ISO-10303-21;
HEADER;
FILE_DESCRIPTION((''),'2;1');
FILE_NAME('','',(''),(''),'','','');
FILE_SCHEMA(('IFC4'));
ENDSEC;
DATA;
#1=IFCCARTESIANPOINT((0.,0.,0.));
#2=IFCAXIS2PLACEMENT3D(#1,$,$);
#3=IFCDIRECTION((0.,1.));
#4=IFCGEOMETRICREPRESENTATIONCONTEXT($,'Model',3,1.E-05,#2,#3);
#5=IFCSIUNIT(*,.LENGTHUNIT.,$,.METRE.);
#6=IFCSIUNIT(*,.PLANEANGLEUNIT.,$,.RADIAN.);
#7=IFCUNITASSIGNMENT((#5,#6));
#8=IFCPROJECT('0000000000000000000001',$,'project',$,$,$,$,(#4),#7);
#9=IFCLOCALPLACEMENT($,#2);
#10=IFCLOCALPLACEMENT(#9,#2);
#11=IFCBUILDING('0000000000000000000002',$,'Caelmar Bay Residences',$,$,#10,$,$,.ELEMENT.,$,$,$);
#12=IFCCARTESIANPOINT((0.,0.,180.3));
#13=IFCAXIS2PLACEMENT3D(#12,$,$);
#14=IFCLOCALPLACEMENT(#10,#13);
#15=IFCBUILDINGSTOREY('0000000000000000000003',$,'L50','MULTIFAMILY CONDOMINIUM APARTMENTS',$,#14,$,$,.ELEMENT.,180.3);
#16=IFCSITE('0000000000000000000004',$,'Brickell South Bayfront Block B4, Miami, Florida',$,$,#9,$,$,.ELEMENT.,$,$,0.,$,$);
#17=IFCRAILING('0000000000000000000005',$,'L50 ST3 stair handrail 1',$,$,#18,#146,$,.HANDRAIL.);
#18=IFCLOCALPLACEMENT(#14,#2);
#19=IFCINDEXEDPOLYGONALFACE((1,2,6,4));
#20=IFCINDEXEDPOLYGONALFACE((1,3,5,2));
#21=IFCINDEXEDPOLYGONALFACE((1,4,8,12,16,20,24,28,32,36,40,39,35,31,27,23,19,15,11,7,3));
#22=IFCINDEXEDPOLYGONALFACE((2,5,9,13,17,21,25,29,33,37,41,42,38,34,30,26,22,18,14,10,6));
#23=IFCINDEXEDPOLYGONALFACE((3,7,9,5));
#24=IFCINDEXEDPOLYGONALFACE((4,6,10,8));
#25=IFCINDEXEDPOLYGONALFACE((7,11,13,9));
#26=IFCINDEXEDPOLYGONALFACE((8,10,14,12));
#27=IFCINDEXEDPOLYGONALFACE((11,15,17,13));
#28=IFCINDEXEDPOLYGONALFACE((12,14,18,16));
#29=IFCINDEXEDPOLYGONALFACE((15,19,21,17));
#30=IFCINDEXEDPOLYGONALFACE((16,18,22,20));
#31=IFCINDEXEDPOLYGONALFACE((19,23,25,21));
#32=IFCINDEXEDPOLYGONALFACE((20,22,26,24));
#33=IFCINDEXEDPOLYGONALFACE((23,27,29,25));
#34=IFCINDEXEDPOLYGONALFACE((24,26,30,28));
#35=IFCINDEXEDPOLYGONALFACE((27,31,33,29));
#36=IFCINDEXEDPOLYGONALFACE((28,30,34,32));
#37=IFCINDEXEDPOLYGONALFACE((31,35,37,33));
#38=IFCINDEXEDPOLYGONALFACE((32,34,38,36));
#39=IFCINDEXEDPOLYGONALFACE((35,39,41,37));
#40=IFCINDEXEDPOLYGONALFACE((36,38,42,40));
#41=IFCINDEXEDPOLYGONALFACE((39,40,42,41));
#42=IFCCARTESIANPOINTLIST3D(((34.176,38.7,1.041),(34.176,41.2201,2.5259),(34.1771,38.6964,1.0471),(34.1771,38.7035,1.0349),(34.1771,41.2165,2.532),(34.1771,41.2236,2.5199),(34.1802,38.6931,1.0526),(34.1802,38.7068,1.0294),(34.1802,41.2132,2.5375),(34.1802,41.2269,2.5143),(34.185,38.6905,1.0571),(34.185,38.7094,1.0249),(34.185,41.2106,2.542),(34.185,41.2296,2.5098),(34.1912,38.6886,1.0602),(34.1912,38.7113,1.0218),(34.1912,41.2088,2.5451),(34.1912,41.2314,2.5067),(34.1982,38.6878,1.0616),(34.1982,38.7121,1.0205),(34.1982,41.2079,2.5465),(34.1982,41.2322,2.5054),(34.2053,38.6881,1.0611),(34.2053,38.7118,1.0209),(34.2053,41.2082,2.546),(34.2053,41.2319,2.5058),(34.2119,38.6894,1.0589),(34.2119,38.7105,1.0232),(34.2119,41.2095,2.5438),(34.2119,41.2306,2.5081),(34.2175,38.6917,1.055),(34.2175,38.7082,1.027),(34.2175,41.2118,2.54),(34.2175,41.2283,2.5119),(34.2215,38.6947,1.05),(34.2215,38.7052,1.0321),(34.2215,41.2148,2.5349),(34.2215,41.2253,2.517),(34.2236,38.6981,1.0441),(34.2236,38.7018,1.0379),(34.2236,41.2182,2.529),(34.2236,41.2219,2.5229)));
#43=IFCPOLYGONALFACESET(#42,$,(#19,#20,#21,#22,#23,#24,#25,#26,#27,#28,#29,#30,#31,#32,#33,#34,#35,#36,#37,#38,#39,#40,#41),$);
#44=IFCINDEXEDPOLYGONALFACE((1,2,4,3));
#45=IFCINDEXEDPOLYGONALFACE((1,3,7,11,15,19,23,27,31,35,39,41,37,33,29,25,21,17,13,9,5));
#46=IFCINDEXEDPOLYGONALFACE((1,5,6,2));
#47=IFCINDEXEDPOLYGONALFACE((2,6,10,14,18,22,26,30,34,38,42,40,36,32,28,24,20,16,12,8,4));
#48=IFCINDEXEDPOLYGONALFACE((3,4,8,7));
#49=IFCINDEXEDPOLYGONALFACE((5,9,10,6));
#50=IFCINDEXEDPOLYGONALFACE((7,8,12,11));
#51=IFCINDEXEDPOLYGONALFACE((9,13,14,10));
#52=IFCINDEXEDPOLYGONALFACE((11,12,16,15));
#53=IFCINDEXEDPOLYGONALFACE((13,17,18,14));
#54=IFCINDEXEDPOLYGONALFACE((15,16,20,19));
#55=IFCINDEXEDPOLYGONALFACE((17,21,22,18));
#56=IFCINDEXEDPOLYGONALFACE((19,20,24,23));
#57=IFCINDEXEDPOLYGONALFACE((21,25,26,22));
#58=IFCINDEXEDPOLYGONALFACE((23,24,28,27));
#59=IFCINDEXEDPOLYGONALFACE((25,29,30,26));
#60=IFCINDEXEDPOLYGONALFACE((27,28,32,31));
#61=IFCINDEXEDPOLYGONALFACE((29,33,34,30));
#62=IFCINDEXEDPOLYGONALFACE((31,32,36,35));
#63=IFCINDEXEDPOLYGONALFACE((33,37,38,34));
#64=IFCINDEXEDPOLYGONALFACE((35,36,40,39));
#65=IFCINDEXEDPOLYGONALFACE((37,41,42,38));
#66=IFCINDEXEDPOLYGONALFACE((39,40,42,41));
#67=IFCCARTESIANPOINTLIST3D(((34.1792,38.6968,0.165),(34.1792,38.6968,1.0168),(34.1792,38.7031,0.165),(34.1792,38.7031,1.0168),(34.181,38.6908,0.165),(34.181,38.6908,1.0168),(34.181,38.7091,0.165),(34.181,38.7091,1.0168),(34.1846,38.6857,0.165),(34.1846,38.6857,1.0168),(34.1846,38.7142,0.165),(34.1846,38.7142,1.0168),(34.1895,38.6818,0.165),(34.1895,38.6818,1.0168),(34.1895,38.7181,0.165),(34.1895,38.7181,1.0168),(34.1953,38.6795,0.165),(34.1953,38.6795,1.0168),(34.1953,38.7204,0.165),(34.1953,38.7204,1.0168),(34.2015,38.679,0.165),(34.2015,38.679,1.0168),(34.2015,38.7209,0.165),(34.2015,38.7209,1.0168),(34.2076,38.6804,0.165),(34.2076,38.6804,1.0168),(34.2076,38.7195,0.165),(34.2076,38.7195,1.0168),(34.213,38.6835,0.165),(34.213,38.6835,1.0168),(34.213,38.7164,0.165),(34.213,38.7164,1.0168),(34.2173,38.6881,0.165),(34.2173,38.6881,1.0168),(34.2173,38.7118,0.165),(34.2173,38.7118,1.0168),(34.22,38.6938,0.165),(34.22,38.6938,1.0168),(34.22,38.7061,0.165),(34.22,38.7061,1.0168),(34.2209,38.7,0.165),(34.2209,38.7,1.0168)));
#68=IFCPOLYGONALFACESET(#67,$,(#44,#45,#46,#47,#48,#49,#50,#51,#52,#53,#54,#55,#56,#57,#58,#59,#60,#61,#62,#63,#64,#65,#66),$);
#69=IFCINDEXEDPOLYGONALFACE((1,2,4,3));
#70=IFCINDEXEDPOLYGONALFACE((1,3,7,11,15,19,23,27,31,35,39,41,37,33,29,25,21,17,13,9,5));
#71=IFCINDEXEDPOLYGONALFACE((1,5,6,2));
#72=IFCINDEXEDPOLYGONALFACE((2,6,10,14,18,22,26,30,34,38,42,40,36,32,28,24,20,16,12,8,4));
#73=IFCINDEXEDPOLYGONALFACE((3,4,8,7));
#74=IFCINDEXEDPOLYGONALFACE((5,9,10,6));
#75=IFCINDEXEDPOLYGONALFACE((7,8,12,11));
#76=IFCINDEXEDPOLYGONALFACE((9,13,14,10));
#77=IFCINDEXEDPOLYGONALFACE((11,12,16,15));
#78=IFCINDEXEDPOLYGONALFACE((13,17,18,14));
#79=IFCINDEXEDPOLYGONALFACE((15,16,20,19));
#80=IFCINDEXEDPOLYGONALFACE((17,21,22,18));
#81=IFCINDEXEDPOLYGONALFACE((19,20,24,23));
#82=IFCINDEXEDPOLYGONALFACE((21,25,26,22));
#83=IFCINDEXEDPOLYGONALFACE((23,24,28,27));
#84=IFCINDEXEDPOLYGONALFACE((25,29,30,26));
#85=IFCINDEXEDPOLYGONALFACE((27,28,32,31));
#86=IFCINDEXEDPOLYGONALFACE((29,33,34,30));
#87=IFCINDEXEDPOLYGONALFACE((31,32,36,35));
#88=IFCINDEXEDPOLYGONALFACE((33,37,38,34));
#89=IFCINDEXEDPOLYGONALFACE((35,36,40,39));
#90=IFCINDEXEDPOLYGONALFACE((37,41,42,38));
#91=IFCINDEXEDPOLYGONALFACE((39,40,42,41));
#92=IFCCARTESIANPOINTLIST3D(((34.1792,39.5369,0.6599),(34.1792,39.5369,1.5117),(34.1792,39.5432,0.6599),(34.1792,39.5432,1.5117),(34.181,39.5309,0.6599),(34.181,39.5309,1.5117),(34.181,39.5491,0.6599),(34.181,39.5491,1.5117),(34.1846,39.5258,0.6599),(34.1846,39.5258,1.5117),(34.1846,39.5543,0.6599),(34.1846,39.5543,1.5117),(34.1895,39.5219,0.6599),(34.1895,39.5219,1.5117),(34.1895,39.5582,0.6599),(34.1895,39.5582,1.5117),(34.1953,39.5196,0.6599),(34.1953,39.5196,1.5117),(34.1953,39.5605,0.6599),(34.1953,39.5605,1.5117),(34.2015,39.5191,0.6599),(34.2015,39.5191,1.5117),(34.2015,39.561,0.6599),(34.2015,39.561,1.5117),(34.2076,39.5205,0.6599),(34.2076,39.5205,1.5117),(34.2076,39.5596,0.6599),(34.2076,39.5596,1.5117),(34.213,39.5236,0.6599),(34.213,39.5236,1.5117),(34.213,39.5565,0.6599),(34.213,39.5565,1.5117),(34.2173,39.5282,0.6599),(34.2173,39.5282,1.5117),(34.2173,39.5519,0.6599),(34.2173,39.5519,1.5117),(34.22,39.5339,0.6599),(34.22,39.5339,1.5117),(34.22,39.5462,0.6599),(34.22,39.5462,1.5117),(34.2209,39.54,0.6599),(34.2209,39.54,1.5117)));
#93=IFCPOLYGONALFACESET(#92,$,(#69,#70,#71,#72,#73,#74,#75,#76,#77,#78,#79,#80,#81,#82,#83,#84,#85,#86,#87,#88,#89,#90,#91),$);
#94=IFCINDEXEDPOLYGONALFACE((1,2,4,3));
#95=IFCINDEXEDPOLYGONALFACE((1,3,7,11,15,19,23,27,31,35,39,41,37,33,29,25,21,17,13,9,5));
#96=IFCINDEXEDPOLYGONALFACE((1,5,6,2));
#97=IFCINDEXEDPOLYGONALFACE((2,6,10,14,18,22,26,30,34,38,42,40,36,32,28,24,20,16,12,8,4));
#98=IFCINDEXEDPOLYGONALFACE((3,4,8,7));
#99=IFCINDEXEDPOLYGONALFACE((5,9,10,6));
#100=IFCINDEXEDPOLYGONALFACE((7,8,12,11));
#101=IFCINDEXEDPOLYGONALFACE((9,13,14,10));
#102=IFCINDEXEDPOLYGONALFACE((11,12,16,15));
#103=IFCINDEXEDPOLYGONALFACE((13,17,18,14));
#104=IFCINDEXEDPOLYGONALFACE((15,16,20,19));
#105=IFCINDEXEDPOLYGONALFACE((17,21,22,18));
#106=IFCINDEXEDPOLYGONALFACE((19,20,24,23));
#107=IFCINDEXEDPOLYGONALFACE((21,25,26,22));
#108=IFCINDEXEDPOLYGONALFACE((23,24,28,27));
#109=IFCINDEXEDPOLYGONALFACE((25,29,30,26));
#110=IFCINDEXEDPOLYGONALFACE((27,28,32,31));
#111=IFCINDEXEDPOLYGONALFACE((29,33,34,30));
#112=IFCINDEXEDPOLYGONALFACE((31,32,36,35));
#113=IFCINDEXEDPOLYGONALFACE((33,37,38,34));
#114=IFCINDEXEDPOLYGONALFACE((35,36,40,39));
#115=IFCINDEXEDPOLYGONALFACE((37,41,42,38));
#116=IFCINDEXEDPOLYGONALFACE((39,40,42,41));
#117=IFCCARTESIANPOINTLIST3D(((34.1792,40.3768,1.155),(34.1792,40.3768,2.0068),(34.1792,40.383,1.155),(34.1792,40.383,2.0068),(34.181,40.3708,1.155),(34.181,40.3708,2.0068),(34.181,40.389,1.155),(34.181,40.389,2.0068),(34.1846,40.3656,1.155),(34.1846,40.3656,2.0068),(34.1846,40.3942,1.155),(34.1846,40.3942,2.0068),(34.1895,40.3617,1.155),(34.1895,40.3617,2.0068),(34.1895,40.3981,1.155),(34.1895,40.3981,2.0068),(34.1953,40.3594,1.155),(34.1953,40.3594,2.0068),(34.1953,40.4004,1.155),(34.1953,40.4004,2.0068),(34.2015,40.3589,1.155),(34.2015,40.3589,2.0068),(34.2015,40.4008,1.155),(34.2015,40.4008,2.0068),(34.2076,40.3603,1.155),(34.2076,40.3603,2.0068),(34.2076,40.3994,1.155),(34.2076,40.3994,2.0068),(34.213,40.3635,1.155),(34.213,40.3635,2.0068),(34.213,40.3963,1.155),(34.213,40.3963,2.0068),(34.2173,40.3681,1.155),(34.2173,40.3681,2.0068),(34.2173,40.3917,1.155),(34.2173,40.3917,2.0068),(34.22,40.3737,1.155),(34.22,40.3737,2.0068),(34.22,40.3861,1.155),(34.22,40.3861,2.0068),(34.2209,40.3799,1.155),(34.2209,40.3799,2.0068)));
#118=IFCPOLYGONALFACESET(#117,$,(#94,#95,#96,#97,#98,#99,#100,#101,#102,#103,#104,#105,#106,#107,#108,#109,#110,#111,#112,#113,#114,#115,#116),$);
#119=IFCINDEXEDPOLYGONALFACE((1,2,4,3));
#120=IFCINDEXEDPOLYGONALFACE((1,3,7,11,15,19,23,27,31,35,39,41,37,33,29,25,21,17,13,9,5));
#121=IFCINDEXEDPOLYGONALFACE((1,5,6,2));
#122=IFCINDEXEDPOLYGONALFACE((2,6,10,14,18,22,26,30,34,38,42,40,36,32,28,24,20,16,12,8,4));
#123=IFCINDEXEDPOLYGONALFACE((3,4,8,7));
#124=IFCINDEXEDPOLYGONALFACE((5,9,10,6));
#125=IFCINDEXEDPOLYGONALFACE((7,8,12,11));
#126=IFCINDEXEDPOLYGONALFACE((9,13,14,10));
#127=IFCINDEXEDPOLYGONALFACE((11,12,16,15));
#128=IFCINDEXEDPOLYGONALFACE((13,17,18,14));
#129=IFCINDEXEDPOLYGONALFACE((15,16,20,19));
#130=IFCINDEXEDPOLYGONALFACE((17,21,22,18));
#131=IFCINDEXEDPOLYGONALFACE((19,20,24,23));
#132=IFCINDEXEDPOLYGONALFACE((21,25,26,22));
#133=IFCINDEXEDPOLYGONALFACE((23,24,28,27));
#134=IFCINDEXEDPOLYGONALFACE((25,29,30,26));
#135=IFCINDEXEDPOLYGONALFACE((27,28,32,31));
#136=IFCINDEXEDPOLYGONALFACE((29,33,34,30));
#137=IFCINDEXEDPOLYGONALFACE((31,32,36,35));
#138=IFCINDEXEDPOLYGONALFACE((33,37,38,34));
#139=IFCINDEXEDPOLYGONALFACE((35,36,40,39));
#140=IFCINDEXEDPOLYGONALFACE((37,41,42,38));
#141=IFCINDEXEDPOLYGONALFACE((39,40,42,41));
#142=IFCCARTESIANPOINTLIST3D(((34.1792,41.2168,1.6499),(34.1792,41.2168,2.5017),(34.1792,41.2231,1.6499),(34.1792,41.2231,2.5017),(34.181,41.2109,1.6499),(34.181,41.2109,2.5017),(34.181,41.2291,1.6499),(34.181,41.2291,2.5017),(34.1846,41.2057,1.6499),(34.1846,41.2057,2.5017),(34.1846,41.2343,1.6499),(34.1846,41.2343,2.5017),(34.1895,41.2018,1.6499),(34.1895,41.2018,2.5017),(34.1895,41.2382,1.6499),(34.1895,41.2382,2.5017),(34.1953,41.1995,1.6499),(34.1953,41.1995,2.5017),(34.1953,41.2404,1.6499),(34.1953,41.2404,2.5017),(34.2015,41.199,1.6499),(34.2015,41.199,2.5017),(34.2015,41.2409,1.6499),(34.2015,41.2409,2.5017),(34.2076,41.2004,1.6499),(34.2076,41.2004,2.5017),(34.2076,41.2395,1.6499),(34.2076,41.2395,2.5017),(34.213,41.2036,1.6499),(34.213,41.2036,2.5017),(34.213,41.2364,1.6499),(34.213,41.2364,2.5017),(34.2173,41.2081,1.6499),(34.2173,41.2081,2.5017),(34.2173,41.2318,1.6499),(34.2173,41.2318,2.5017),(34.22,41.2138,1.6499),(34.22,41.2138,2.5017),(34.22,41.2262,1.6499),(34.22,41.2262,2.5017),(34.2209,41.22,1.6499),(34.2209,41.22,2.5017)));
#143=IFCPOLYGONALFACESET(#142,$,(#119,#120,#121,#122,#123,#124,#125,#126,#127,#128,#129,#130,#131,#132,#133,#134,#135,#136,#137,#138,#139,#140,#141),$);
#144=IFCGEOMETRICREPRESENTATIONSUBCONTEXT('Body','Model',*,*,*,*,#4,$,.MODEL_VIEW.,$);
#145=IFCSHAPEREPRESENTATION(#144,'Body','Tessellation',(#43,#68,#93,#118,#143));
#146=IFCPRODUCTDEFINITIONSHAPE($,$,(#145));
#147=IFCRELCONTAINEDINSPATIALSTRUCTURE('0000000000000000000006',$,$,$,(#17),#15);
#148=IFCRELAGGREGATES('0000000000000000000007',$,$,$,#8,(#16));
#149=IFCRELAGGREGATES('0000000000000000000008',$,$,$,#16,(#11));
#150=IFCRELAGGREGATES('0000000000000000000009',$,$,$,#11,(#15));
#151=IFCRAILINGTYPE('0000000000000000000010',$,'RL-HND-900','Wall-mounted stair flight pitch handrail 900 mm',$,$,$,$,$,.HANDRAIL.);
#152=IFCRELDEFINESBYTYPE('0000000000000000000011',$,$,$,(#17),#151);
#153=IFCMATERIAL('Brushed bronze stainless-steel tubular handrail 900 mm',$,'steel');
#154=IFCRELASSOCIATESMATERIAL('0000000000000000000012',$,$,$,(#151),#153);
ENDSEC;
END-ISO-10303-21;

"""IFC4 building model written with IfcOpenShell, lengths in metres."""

from ifc_helpers import new_model, si_unit, direction, frame, origin, origin_2d, place, context, subcontext, project, spatial, circle, extrude, material, type_object, element, save


model = new_model("IFC4")

# Units and contexts
model_context = context("Model", 3, precision=1e-05, world=origin(), true_north=direction((0.0, 1.0)))
body_context = subcontext(model_context, "Body", "Model", "MODEL_VIEW")
ifc_project = project(units=[si_unit("LENGTHUNIT", "METRE"), si_unit("PLANEANGLEUNIT", "RADIAN")], contexts=[model_context])

# Site, building, storey
site_placement = place(None, origin())
site = spatial("IfcSite", under=ifc_project, at=site_placement, Name="Brickell South Bayfront Block B4, Miami, Florida", CompositionType="ELEMENT", RefElevation=0.0)
building_placement = place(site_placement, origin())
building = spatial("IfcBuilding", under=site, at=building_placement, Name="Caelmar Bay Residences", CompositionType="ELEMENT")
storey_placement = place(building_placement, frame((0.0, 0.0, 180.3)))
storey = spatial("IfcBuildingStorey", under=building, at=storey_placement, Name="L50", Description="MULTIFAMILY CONDOMINIUM APARTMENTS", CompositionType="ELEMENT", Elevation=180.3)

# Railing
ifc_material_1 = material(Name="Brushed bronze stainless-steel tubular handrail 900 mm", Category="steel")
railing_type_1 = type_object("IfcRailingType", Name="RL-HND-900", Description="Wall-mounted stair flight pitch handrail 900 mm", PredefinedType="HANDRAIL", material=ifc_material_1)
railing_1_placement = place(storey_placement, frame((34.2, 38.7, 0.165)))
element("IfcRailing", 1, at=railing_1_placement, inside=storey, type_object=railing_type_1, Name="L50 ST3 stair handrail 1", PredefinedType="HANDRAIL", context=body_context, shape_type="SweptSolid", body=[
    extrude(circle(Radius=0.0239, at=origin_2d()), frame((0.0, 0.0, 0.876), z_axis=(0.0, 0.861561, 0.507655), x_axis=(-1.0, 0.0, 0.0)), (0.0, 0.0, 1.0), 2.925),
    extrude(circle(Radius=0.021, at=origin_2d()), origin(), (0.0, 0.0, 1.0), 0.8518),
    extrude(circle(Radius=0.021, at=origin_2d()), frame((0.0, 0.8401, 0.4949)), (0.0, 0.0, 1.0), 0.8518),
    extrude(circle(Radius=0.021, at=origin_2d()), frame((0.0, 1.6799, 0.99)), (0.0, 0.0, 1.0), 0.8518),
    extrude(circle(Radius=0.021, at=origin_2d()), frame((0.0, 2.52, 1.4849)), (0.0, 0.0, 1.0), 0.8518),
])

save(model, "model.ifc")
